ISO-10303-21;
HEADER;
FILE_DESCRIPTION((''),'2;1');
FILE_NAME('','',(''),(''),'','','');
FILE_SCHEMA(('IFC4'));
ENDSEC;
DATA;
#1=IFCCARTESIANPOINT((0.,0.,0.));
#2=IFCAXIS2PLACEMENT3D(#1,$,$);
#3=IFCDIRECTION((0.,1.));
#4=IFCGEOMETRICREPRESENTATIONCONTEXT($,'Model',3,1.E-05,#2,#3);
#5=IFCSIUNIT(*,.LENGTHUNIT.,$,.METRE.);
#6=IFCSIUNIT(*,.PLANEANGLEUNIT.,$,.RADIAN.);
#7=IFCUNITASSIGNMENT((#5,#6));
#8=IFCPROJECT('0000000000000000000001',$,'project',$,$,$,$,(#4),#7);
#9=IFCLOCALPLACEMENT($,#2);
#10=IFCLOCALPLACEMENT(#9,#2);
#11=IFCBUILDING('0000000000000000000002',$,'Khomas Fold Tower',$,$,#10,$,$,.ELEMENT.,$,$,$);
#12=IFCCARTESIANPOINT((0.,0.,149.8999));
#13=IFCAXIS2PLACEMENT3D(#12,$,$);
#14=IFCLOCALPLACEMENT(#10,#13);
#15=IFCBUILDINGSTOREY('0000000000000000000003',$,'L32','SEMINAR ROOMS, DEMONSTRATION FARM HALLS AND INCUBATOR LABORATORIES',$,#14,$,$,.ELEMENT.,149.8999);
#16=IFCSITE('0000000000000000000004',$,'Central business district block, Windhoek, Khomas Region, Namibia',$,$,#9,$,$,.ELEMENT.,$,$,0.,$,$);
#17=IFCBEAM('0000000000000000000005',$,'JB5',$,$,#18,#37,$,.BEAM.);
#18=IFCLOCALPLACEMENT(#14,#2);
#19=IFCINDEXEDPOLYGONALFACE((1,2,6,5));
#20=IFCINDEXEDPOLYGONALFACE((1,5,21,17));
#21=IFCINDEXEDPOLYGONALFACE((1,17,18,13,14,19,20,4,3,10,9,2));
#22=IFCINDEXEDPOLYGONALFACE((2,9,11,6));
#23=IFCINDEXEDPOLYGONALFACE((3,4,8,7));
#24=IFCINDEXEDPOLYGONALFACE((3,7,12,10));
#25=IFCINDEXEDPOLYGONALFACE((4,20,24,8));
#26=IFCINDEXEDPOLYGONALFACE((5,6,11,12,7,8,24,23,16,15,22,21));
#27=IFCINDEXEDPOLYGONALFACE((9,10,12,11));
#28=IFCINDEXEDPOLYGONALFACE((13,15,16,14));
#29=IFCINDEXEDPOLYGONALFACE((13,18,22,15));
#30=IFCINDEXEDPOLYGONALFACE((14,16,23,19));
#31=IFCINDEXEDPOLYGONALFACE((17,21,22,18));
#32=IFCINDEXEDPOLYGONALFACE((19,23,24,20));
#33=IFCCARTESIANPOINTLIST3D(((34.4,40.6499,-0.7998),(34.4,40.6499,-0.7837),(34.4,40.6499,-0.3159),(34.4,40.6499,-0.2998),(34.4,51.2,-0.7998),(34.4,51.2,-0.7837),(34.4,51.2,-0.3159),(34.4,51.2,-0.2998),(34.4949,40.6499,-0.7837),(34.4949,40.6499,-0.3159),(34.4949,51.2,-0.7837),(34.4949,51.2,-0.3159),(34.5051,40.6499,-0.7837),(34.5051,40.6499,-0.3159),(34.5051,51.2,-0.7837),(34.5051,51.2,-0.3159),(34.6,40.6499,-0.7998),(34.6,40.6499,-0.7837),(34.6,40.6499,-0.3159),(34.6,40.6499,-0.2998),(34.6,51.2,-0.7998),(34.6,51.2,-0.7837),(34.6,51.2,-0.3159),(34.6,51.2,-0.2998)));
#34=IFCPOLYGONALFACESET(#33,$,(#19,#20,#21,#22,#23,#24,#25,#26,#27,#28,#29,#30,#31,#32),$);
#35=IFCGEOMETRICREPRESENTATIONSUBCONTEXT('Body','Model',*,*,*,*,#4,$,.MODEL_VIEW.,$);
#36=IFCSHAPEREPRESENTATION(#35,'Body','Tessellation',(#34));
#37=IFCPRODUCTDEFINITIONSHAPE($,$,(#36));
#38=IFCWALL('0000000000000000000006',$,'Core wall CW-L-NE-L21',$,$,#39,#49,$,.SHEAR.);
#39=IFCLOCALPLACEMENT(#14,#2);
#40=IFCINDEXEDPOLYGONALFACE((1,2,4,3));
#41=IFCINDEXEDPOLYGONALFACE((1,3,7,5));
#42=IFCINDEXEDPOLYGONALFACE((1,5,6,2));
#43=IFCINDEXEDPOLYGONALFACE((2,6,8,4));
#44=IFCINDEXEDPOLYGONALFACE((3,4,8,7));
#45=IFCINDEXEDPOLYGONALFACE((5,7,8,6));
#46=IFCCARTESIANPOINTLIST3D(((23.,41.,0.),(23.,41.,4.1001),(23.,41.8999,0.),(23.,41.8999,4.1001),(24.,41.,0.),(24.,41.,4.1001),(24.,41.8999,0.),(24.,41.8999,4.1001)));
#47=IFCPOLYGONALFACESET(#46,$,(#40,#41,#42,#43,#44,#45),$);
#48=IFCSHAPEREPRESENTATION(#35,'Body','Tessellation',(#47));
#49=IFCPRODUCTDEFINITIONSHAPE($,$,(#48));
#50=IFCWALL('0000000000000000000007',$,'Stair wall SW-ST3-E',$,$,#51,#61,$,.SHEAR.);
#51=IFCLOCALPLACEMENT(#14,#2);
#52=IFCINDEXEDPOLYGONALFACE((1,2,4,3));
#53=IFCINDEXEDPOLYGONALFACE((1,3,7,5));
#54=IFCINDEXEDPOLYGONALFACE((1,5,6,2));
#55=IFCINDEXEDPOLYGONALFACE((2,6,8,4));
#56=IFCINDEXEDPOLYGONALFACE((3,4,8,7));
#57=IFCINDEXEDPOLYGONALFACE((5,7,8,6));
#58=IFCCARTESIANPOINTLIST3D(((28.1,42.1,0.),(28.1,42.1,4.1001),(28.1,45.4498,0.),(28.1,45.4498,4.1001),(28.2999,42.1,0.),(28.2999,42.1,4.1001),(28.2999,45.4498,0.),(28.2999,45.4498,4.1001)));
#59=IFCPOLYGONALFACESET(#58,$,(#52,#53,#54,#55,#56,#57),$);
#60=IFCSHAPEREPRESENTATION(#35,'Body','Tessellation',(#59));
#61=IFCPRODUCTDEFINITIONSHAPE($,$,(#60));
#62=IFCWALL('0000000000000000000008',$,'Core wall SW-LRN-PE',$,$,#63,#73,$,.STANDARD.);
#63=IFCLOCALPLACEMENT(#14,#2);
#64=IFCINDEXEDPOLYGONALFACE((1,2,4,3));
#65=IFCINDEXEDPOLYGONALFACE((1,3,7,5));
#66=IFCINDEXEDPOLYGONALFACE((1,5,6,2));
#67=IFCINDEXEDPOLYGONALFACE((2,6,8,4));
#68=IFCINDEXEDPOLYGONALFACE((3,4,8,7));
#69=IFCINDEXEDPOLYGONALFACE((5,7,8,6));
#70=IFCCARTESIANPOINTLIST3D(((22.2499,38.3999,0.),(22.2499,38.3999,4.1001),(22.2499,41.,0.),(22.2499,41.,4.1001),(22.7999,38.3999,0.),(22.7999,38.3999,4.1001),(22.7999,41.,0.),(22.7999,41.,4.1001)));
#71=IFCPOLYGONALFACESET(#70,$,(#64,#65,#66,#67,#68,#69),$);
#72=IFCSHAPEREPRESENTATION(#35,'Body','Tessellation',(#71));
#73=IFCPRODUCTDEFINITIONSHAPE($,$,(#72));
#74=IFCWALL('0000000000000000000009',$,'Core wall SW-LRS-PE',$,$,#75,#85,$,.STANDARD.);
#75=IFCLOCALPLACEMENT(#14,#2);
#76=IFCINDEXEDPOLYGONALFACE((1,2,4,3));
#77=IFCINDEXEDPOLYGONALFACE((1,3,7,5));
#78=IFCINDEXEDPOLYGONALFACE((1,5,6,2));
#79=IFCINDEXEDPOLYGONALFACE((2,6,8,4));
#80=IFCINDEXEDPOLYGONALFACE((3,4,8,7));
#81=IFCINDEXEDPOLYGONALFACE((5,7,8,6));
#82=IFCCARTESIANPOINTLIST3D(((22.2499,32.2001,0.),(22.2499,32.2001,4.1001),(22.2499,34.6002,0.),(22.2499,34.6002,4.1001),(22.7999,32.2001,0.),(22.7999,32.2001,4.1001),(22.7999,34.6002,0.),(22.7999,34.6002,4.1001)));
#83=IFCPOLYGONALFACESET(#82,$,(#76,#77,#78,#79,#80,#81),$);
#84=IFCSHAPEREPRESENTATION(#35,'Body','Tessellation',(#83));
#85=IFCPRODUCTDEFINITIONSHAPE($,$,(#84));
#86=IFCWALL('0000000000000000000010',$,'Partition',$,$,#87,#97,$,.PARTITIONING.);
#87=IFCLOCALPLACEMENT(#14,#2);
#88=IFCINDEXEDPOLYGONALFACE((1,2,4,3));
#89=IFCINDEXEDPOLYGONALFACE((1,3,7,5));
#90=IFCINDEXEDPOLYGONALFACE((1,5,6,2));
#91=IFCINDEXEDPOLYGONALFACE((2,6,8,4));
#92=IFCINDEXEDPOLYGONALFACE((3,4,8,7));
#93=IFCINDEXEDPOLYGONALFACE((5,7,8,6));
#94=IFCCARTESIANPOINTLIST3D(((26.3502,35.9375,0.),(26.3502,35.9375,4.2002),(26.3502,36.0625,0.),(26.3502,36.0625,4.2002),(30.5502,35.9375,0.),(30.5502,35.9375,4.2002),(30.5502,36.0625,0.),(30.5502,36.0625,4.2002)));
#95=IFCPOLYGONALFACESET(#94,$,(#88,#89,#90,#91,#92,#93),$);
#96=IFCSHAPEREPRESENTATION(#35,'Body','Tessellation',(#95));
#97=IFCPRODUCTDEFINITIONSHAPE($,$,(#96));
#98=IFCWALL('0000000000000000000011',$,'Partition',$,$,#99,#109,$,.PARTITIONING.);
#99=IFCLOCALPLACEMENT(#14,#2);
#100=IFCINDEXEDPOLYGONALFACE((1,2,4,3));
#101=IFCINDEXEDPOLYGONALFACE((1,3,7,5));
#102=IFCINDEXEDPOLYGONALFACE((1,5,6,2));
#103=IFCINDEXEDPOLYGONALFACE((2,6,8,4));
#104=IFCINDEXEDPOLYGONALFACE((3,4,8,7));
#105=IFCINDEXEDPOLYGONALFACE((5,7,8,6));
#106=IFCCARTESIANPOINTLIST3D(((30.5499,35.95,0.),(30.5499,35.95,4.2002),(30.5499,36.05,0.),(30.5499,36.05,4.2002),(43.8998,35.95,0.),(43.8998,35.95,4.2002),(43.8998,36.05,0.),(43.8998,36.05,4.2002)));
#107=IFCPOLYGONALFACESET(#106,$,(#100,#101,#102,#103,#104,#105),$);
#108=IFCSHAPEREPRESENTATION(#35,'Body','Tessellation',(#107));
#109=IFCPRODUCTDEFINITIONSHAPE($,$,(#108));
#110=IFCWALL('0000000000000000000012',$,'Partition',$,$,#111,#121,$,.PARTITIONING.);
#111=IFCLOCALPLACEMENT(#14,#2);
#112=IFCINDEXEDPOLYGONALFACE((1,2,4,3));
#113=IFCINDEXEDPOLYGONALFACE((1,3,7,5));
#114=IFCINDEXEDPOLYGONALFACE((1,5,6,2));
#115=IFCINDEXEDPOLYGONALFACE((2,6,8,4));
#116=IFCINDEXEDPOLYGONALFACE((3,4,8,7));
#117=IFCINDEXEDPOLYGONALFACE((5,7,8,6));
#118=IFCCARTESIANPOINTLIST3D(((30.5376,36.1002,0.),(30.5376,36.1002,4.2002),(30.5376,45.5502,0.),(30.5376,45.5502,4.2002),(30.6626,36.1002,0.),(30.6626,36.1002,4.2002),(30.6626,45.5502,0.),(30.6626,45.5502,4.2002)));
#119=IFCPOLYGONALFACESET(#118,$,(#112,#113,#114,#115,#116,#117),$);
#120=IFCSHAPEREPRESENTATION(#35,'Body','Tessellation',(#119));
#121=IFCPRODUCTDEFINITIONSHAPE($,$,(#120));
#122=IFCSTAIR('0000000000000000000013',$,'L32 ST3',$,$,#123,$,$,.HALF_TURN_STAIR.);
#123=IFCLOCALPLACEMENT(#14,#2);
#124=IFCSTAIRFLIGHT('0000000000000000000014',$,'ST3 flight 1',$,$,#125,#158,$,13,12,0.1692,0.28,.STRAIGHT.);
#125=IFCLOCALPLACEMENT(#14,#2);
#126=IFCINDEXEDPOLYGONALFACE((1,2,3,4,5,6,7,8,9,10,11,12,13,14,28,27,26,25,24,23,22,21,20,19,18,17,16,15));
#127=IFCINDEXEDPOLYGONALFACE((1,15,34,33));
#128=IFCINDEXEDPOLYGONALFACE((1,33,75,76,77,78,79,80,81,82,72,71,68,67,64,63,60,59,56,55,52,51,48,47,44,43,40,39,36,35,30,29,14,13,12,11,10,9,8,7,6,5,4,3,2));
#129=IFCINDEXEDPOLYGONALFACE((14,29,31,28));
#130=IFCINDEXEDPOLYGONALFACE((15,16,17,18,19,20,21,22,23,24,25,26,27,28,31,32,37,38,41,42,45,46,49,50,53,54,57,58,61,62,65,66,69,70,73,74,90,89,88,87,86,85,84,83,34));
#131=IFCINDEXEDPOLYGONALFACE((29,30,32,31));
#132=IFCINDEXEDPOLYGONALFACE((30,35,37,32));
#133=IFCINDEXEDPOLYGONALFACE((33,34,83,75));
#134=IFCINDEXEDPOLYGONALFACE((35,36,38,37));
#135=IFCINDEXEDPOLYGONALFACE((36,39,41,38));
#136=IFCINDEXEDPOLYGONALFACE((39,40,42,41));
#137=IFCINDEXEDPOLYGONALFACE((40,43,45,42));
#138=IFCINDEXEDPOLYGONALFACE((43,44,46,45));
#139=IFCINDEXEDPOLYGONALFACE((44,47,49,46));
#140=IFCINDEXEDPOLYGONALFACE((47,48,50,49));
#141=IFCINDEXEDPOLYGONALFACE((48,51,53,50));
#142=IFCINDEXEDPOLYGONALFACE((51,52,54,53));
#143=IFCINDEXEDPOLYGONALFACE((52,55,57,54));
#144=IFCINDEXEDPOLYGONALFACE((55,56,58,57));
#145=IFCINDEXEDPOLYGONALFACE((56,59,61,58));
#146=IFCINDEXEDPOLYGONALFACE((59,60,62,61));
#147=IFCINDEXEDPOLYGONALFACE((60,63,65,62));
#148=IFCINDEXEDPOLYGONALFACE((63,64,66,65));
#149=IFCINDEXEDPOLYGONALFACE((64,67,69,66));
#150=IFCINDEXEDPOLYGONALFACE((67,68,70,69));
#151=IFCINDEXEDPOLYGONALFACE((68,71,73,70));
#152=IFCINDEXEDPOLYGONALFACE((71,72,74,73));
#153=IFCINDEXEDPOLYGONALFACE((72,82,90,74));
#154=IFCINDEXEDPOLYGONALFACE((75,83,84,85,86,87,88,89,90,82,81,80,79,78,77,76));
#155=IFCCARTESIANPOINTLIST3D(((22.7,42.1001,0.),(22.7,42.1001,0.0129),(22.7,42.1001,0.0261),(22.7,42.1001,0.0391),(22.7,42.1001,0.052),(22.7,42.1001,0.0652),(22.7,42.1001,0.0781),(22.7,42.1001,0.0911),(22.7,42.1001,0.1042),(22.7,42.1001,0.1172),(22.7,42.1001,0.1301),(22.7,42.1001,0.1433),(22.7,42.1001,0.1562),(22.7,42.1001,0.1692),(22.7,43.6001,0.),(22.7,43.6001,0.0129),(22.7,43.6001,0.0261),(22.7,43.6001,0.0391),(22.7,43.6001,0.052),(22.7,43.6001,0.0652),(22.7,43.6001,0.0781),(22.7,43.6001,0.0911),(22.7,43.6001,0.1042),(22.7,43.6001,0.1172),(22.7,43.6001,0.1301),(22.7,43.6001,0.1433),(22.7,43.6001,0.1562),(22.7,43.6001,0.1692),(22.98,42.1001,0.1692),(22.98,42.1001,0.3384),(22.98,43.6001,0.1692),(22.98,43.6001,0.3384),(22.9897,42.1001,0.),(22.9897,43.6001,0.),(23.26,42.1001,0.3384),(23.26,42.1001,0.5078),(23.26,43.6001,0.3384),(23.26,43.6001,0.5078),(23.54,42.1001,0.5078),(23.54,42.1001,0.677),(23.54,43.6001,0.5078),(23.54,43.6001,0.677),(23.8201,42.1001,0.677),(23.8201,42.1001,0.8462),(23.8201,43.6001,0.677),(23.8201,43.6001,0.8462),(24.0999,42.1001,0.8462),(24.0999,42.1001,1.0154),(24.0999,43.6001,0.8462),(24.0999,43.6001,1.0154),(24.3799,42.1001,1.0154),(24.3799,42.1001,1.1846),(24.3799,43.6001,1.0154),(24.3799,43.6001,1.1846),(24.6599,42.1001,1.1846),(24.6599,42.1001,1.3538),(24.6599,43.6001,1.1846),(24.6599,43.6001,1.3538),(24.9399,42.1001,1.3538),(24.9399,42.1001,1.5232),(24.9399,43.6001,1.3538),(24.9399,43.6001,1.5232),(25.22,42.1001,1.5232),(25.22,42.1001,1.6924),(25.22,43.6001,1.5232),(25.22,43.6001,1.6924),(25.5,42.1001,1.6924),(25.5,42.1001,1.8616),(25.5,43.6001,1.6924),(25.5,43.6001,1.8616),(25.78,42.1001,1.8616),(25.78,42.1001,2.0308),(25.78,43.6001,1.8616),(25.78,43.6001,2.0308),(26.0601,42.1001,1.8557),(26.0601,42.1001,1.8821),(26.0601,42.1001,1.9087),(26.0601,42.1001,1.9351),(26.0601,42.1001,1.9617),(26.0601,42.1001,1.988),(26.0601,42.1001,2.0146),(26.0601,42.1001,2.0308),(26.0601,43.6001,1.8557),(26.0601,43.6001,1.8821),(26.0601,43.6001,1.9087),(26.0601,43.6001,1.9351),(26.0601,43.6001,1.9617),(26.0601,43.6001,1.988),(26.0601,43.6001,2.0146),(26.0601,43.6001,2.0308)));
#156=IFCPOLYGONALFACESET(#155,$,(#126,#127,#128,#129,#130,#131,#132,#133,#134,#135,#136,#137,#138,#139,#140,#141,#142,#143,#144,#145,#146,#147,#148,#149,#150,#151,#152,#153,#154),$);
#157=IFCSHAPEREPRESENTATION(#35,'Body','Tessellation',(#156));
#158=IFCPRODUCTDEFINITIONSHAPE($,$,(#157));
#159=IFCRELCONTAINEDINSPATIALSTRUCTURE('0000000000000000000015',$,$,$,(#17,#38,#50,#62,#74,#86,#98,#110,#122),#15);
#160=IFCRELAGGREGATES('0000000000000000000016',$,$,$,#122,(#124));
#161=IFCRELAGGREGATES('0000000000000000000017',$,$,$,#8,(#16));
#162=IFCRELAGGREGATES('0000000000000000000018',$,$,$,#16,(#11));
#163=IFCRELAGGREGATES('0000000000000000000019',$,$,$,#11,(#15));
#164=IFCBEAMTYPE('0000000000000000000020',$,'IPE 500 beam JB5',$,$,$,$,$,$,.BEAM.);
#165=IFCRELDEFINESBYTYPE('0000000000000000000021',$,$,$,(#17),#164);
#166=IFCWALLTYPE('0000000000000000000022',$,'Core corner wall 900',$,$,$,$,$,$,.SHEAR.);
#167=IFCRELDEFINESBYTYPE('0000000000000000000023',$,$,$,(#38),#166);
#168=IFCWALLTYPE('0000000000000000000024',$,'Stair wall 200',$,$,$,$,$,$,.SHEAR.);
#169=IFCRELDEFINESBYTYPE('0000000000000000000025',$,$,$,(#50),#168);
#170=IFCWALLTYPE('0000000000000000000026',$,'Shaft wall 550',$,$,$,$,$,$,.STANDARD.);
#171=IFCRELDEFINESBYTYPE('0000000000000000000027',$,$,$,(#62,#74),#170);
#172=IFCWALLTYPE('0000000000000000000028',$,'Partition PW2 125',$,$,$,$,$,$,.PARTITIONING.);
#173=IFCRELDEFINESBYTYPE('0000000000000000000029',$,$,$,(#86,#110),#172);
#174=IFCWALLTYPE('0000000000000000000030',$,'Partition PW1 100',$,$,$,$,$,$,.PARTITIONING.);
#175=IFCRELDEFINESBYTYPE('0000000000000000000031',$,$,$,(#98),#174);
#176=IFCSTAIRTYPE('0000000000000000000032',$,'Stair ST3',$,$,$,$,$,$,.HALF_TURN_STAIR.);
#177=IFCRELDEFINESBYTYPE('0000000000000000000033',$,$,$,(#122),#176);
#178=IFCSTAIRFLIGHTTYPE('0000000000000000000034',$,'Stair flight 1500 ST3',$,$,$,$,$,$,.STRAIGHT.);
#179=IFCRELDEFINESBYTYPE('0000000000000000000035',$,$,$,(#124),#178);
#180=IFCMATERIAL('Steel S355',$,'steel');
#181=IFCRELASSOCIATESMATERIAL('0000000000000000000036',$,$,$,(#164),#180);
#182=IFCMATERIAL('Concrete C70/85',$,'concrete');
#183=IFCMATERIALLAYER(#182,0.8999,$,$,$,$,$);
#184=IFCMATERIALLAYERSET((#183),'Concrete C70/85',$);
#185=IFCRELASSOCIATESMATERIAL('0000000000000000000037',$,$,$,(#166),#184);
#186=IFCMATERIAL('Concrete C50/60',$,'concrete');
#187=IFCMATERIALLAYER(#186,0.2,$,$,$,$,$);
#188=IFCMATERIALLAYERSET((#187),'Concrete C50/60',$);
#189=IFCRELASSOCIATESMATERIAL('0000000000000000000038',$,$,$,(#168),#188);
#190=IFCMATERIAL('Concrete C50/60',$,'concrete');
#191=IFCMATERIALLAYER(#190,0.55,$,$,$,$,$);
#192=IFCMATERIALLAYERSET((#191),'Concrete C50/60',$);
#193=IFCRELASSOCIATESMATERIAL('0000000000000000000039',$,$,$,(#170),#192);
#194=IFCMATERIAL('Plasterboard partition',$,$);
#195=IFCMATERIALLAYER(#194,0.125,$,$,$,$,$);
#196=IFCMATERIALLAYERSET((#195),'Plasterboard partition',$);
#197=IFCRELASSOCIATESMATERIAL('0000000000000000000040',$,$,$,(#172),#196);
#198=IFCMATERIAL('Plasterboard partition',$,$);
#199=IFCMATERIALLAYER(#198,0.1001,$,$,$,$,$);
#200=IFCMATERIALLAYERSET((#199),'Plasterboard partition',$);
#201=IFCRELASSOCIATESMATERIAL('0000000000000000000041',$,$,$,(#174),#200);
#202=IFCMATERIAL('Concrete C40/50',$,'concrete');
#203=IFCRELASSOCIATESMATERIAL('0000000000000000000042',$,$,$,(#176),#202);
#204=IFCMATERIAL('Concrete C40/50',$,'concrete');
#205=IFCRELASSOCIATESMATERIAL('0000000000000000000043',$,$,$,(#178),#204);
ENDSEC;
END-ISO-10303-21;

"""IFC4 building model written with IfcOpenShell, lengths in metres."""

from ifc_helpers import new_model, si_unit, direction, frame, frame_2d, origin, origin_2d, place, context, subcontext, project, spatial, polyline, rectangle, i_section, outline, extrude, source, transform, mapped, material, layer, layer_set, material_profile, profile_set, type_object, element, aggregate, save


model = new_model("IFC4")

# Units and contexts
model_context = context("Model", 3, precision=1e-05, world=origin(), true_north=direction((0.0, 1.0)))
body_context = subcontext(model_context, "Body", "Model", "MODEL_VIEW")
ifc_project = project(units=[si_unit("LENGTHUNIT", "METRE"), si_unit("PLANEANGLEUNIT", "RADIAN")], contexts=[model_context])

# Site, building, storey
site_placement = place(None, origin())
site = spatial("IfcSite", under=ifc_project, at=site_placement, Name="Central business district block, Windhoek, Khomas Region, Namibia", CompositionType="ELEMENT", RefElevation=0.0)
building_placement = place(site_placement, origin())
building = spatial("IfcBuilding", under=site, at=building_placement, Name="Khomas Fold Tower", CompositionType="ELEMENT")
storey_placement = place(building_placement, frame((0.0, 0.0, 149.8999)))
storey = spatial("IfcBuildingStorey", under=building, at=storey_placement, Name="L32", Description="SEMINAR ROOMS, DEMONSTRATION FARM HALLS AND INCUBATOR LABORATORIES", CompositionType="ELEMENT", Elevation=149.8999)

# Beam
ifc_material_1 = material(Name="Steel S355", Category="steel")
ifc_material_profile_1 = material_profile(ifc_material_1, i_section(OverallWidth=0.2, OverallDepth=0.5, WebThickness=0.0103, FlangeThickness=0.0161, at=origin_2d()), Name="IPE 500")
ifc_profile_set_1 = profile_set([ifc_material_profile_1], Name="Steel S355")
beam_type_1 = type_object("IfcBeamType", Name="IPE 500 beam JB5", PredefinedType="BEAM", material=ifc_profile_set_1)
shared_shape_1 = source(origin(), body_context, "Body", "SweptSolid", [
    extrude(i_section(OverallWidth=0.2, OverallDepth=0.5, WebThickness=0.0103, FlangeThickness=0.0161, at=origin_2d()), origin(), (0.0, 0.0, 1.0), 10.55),
])
beam_1_placement = place(storey_placement, frame((34.5, 40.6499, -0.5498), z_axis=(0.0, 1.0, 0.0), x_axis=(-1.0, 0.0, 0.0)))
element("IfcBeam", 1, at=beam_1_placement, inside=storey, type_object=beam_type_1, Name="JB5", PredefinedType="BEAM", context=body_context, shape_type="MappedRepresentation", body=[
    mapped(shared_shape_1, transform((0.0, 0.0, 0.0))),
])

# Walls
ifc_material_2 = material(Name="Concrete C70/85", Category="concrete")
ifc_layer_1 = layer(ifc_material_2, 0.8999)
ifc_layer_set_1 = layer_set([ifc_layer_1], Name="Concrete C70/85")
wall_type_1 = type_object("IfcWallType", Name="Core corner wall 900", PredefinedType="SHEAR", material=ifc_layer_set_1)
shared_shape_2 = source(origin(), body_context, "Body", "SweptSolid", [
    extrude(rectangle(XDim=1.0, YDim=0.8999, at=frame_2d((0.5, 0.0))), origin(), (0.0, 0.0, 1.0), 4.1001),
])
wall_1_placement = place(storey_placement, frame((23.0, 41.45, 0.0), z_axis=(0.0, 0.0, 1.0), x_axis=(1.0, 0.0, 0.0)))
element("IfcWall", 2, at=wall_1_placement, inside=storey, type_object=wall_type_1, Name="Core wall CW-L-NE-L21", PredefinedType="SHEAR", context=body_context, shape_type="MappedRepresentation", body=[
    mapped(shared_shape_2, transform((0.0, 0.0, 0.0))),
])
ifc_material_3 = material(Name="Concrete C50/60", Category="concrete")
ifc_layer_2 = layer(ifc_material_3, 0.2)
ifc_layer_set_2 = layer_set([ifc_layer_2], Name="Concrete C50/60")
wall_type_2 = type_object("IfcWallType", Name="Stair wall 200", PredefinedType="SHEAR", material=ifc_layer_set_2)
shared_shape_3 = source(origin(), body_context, "Body", "SweptSolid", [
    extrude(rectangle(XDim=3.3499, YDim=0.2, at=frame_2d((1.6748, 0.0))), origin(), (0.0, 0.0, 1.0), 4.1001),
])
wall_2_placement = place(storey_placement, frame((28.2, 42.1001, 0.0), z_axis=(0.0, 0.0, 1.0), x_axis=(0.0, 1.0, 0.0)))
element("IfcWall", 3, at=wall_2_placement, inside=storey, type_object=wall_type_2, Name="Stair wall SW-ST3-E", PredefinedType="SHEAR", context=body_context, shape_type="MappedRepresentation", body=[
    mapped(shared_shape_3, transform((0.0, 0.0, 0.0))),
])
ifc_material_4 = material(Name="Concrete C50/60", Category="concrete")
ifc_layer_3 = layer(ifc_material_4, 0.55)
ifc_layer_set_3 = layer_set([ifc_layer_3], Name="Concrete C50/60")
wall_type_3 = type_object("IfcWallType", Name="Shaft wall 550", PredefinedType="STANDARD", material=ifc_layer_set_3)
shared_shape_4 = source(origin(), body_context, "Body", "SweptSolid", [
    extrude(rectangle(XDim=2.6001, YDim=0.55, at=frame_2d((1.3, 0.0))), origin(), (0.0, 0.0, 1.0), 4.1001),
])
wall_3_placement = place(storey_placement, frame((22.5249, 38.3999, 0.0), z_axis=(0.0, 0.0, 1.0), x_axis=(0.0, 1.0, 0.0)))
element("IfcWall", 4, at=wall_3_placement, inside=storey, type_object=wall_type_3, Name="Core wall SW-LRN-PE", PredefinedType="STANDARD", context=body_context, shape_type="MappedRepresentation", body=[
    mapped(shared_shape_4, transform((0.0, 0.0, 0.0))),
])
shared_shape_5 = source(origin(), body_context, "Body", "SweptSolid", [
    extrude(rectangle(XDim=2.4001, YDim=0.55, at=frame_2d((1.2002, 0.0))), origin(), (0.0, 0.0, 1.0), 4.1001),
])
wall_4_placement = place(storey_placement, frame((22.5249, 32.2, 0.0), z_axis=(0.0, 0.0, 1.0), x_axis=(0.0, 1.0, 0.0)))
element("IfcWall", 5, at=wall_4_placement, inside=storey, type_object=wall_type_3, Name="Core wall SW-LRS-PE", PredefinedType="STANDARD", context=body_context, shape_type="MappedRepresentation", body=[
    mapped(shared_shape_5, transform((0.0, 0.0, 0.0))),
])
ifc_material_5 = material(Name="Plasterboard partition")
ifc_layer_4 = layer(ifc_material_5, 0.125)
ifc_layer_set_4 = layer_set([ifc_layer_4], Name="Plasterboard partition")
wall_type_4 = type_object("IfcWallType", Name="Partition PW2 125", PredefinedType="PARTITIONING", material=ifc_layer_set_4)
shared_shape_6 = source(origin(), body_context, "Body", "SweptSolid", [
    extrude(rectangle(XDim=4.2, YDim=0.125, at=frame_2d((2.1001, 0.0))), origin(), (0.0, 0.0, 1.0), 4.2002),
])
wall_5_placement = place(storey_placement, frame((26.3501, 36.0, 0.0), z_axis=(0.0, 0.0, 1.0), x_axis=(1.0, 0.0, 0.0)))
element("IfcWall", 6, at=wall_5_placement, inside=storey, type_object=wall_type_4, Name="Partition", PredefinedType="PARTITIONING", context=body_context, shape_type="MappedRepresentation", body=[
    mapped(shared_shape_6, transform((0.0, 0.0, 0.0))),
])
ifc_material_6 = material(Name="Plasterboard partition")
ifc_layer_5 = layer(ifc_material_6, 0.1001)
ifc_layer_set_5 = layer_set([ifc_layer_5], Name="Plasterboard partition")
wall_type_5 = type_object("IfcWallType", Name="Partition PW1 100", PredefinedType="PARTITIONING", material=ifc_layer_set_5)
shared_shape_7 = source(origin(), body_context, "Body", "SweptSolid", [
    extrude(rectangle(XDim=13.3499, YDim=0.1001, at=frame_2d((6.6748, 0.0))), origin(), (0.0, 0.0, 1.0), 4.2002),
])
wall_6_placement = place(storey_placement, frame((30.55, 36.0, 0.0), z_axis=(0.0, 0.0, 1.0), x_axis=(1.0, 0.0, 0.0)))
element("IfcWall", 7, at=wall_6_placement, inside=storey, type_object=wall_type_5, Name="Partition", PredefinedType="PARTITIONING", context=body_context, shape_type="MappedRepresentation", body=[
    mapped(shared_shape_7, transform((0.0, 0.0, 0.0))),
])
shared_shape_8 = source(origin(), body_context, "Body", "SweptSolid", [
    extrude(rectangle(XDim=9.45, YDim=0.125, at=frame_2d((4.7251, 0.0))), origin(), (0.0, 0.0, 1.0), 4.2002),
])
wall_7_placement = place(storey_placement, frame((30.6001, 36.1001, 0.0), z_axis=(0.0, 0.0, 1.0), x_axis=(0.0, 1.0, 0.0)))
element("IfcWall", 8, at=wall_7_placement, inside=storey, type_object=wall_type_4, Name="Partition", PredefinedType="PARTITIONING", context=body_context, shape_type="MappedRepresentation", body=[
    mapped(shared_shape_8, transform((0.0, 0.0, 0.0))),
])

# Stair, stair flight
ifc_material_7 = material(Name="Concrete C40/50", Category="concrete")
stair_type = type_object("IfcStairType", Name="Stair ST3", PredefinedType="HALF_TURN_STAIR", material=ifc_material_7)
stair_placement = place(storey_placement, origin())
stair = element("IfcStair", 9, at=stair_placement, inside=storey, type_object=stair_type, Name="L32 ST3", PredefinedType="HALF_TURN_STAIR")
ifc_material_8 = material(Name="Concrete C40/50", Category="concrete")
stair_flight_type = type_object("IfcStairFlightType", Name="Stair flight 1500 ST3", PredefinedType="STRAIGHT", material=ifc_material_8)
shared_shape_9 = source(origin(), body_context, "Body", "SweptSolid", [
    extrude(outline(polyline([(0.0, 0.0), (0.0, 0.0129), (0.0, 0.0261), (0.0, 0.0391), (0.0, 0.052), (0.0, 0.0652), (0.0, 0.0781), (0.0, 0.0911), (0.0, 0.1042), (0.0, 0.1172), (0.0, 0.1301), (0.0, 0.1433), (0.0, 0.1562), (0.0, 0.1692), (0.28, 0.1692), (0.28, 0.3384), (0.5601, 0.3384), (0.5601, 0.5078), (0.8401, 0.5078), (0.8401, 0.677), (1.1201, 0.677), (1.1201, 0.8462), (1.3999, 0.8462), (1.3999, 1.0154), (1.6799, 1.0154), (1.6799, 1.1846), (1.96, 1.1846), (1.96, 1.3538), (2.24, 1.3538), (2.24, 1.5232), (2.52, 1.5232), (2.52, 1.6924), (2.8, 1.6924), (2.8, 1.8616), (3.0801, 1.8616), (3.0801, 2.0308), (3.3601, 2.0308), (3.3601, 2.2), (3.3601, 2.1736), (3.3601, 2.147), (3.3601, 2.1206), (3.3601, 2.094), (3.3601, 2.0676), (3.3601, 2.041), (3.3601, 2.0146), (3.3601, 1.988), (3.3601, 1.9617), (3.3601, 1.9351), (3.3601, 1.9087), (3.3601, 1.8821), (3.3601, 1.8557), (0.2898, 0.0), (0.0, 0.0)])), frame((0.0, 0.75, 0.0), z_axis=(0.0, -1.0, 0.0), x_axis=(1.0, 0.0, 0.0)), (0.0, 0.0, 1.0), 1.5),
])
stair_flight_1_placement = place(storey_placement, frame((22.7, 42.8501, 0.0), z_axis=(0.0, 0.0, 1.0), x_axis=(1.0, 0.0, 0.0)))
stair_flight_1 = element("IfcStairFlight", 10, at=stair_flight_1_placement, type_object=stair_flight_type, Name="ST3 flight 1", NumberOfRisers=13, NumberOfTreads=12, PredefinedType="STRAIGHT", RiserHeight=0.1692, TreadLength=0.28, context=body_context, shape_type="MappedRepresentation", body=[
    mapped(shared_shape_9, transform((0.0, 0.0, 0.0))),
])
aggregate(stair, [stair_flight_1])

save(model, "model.ifc")
